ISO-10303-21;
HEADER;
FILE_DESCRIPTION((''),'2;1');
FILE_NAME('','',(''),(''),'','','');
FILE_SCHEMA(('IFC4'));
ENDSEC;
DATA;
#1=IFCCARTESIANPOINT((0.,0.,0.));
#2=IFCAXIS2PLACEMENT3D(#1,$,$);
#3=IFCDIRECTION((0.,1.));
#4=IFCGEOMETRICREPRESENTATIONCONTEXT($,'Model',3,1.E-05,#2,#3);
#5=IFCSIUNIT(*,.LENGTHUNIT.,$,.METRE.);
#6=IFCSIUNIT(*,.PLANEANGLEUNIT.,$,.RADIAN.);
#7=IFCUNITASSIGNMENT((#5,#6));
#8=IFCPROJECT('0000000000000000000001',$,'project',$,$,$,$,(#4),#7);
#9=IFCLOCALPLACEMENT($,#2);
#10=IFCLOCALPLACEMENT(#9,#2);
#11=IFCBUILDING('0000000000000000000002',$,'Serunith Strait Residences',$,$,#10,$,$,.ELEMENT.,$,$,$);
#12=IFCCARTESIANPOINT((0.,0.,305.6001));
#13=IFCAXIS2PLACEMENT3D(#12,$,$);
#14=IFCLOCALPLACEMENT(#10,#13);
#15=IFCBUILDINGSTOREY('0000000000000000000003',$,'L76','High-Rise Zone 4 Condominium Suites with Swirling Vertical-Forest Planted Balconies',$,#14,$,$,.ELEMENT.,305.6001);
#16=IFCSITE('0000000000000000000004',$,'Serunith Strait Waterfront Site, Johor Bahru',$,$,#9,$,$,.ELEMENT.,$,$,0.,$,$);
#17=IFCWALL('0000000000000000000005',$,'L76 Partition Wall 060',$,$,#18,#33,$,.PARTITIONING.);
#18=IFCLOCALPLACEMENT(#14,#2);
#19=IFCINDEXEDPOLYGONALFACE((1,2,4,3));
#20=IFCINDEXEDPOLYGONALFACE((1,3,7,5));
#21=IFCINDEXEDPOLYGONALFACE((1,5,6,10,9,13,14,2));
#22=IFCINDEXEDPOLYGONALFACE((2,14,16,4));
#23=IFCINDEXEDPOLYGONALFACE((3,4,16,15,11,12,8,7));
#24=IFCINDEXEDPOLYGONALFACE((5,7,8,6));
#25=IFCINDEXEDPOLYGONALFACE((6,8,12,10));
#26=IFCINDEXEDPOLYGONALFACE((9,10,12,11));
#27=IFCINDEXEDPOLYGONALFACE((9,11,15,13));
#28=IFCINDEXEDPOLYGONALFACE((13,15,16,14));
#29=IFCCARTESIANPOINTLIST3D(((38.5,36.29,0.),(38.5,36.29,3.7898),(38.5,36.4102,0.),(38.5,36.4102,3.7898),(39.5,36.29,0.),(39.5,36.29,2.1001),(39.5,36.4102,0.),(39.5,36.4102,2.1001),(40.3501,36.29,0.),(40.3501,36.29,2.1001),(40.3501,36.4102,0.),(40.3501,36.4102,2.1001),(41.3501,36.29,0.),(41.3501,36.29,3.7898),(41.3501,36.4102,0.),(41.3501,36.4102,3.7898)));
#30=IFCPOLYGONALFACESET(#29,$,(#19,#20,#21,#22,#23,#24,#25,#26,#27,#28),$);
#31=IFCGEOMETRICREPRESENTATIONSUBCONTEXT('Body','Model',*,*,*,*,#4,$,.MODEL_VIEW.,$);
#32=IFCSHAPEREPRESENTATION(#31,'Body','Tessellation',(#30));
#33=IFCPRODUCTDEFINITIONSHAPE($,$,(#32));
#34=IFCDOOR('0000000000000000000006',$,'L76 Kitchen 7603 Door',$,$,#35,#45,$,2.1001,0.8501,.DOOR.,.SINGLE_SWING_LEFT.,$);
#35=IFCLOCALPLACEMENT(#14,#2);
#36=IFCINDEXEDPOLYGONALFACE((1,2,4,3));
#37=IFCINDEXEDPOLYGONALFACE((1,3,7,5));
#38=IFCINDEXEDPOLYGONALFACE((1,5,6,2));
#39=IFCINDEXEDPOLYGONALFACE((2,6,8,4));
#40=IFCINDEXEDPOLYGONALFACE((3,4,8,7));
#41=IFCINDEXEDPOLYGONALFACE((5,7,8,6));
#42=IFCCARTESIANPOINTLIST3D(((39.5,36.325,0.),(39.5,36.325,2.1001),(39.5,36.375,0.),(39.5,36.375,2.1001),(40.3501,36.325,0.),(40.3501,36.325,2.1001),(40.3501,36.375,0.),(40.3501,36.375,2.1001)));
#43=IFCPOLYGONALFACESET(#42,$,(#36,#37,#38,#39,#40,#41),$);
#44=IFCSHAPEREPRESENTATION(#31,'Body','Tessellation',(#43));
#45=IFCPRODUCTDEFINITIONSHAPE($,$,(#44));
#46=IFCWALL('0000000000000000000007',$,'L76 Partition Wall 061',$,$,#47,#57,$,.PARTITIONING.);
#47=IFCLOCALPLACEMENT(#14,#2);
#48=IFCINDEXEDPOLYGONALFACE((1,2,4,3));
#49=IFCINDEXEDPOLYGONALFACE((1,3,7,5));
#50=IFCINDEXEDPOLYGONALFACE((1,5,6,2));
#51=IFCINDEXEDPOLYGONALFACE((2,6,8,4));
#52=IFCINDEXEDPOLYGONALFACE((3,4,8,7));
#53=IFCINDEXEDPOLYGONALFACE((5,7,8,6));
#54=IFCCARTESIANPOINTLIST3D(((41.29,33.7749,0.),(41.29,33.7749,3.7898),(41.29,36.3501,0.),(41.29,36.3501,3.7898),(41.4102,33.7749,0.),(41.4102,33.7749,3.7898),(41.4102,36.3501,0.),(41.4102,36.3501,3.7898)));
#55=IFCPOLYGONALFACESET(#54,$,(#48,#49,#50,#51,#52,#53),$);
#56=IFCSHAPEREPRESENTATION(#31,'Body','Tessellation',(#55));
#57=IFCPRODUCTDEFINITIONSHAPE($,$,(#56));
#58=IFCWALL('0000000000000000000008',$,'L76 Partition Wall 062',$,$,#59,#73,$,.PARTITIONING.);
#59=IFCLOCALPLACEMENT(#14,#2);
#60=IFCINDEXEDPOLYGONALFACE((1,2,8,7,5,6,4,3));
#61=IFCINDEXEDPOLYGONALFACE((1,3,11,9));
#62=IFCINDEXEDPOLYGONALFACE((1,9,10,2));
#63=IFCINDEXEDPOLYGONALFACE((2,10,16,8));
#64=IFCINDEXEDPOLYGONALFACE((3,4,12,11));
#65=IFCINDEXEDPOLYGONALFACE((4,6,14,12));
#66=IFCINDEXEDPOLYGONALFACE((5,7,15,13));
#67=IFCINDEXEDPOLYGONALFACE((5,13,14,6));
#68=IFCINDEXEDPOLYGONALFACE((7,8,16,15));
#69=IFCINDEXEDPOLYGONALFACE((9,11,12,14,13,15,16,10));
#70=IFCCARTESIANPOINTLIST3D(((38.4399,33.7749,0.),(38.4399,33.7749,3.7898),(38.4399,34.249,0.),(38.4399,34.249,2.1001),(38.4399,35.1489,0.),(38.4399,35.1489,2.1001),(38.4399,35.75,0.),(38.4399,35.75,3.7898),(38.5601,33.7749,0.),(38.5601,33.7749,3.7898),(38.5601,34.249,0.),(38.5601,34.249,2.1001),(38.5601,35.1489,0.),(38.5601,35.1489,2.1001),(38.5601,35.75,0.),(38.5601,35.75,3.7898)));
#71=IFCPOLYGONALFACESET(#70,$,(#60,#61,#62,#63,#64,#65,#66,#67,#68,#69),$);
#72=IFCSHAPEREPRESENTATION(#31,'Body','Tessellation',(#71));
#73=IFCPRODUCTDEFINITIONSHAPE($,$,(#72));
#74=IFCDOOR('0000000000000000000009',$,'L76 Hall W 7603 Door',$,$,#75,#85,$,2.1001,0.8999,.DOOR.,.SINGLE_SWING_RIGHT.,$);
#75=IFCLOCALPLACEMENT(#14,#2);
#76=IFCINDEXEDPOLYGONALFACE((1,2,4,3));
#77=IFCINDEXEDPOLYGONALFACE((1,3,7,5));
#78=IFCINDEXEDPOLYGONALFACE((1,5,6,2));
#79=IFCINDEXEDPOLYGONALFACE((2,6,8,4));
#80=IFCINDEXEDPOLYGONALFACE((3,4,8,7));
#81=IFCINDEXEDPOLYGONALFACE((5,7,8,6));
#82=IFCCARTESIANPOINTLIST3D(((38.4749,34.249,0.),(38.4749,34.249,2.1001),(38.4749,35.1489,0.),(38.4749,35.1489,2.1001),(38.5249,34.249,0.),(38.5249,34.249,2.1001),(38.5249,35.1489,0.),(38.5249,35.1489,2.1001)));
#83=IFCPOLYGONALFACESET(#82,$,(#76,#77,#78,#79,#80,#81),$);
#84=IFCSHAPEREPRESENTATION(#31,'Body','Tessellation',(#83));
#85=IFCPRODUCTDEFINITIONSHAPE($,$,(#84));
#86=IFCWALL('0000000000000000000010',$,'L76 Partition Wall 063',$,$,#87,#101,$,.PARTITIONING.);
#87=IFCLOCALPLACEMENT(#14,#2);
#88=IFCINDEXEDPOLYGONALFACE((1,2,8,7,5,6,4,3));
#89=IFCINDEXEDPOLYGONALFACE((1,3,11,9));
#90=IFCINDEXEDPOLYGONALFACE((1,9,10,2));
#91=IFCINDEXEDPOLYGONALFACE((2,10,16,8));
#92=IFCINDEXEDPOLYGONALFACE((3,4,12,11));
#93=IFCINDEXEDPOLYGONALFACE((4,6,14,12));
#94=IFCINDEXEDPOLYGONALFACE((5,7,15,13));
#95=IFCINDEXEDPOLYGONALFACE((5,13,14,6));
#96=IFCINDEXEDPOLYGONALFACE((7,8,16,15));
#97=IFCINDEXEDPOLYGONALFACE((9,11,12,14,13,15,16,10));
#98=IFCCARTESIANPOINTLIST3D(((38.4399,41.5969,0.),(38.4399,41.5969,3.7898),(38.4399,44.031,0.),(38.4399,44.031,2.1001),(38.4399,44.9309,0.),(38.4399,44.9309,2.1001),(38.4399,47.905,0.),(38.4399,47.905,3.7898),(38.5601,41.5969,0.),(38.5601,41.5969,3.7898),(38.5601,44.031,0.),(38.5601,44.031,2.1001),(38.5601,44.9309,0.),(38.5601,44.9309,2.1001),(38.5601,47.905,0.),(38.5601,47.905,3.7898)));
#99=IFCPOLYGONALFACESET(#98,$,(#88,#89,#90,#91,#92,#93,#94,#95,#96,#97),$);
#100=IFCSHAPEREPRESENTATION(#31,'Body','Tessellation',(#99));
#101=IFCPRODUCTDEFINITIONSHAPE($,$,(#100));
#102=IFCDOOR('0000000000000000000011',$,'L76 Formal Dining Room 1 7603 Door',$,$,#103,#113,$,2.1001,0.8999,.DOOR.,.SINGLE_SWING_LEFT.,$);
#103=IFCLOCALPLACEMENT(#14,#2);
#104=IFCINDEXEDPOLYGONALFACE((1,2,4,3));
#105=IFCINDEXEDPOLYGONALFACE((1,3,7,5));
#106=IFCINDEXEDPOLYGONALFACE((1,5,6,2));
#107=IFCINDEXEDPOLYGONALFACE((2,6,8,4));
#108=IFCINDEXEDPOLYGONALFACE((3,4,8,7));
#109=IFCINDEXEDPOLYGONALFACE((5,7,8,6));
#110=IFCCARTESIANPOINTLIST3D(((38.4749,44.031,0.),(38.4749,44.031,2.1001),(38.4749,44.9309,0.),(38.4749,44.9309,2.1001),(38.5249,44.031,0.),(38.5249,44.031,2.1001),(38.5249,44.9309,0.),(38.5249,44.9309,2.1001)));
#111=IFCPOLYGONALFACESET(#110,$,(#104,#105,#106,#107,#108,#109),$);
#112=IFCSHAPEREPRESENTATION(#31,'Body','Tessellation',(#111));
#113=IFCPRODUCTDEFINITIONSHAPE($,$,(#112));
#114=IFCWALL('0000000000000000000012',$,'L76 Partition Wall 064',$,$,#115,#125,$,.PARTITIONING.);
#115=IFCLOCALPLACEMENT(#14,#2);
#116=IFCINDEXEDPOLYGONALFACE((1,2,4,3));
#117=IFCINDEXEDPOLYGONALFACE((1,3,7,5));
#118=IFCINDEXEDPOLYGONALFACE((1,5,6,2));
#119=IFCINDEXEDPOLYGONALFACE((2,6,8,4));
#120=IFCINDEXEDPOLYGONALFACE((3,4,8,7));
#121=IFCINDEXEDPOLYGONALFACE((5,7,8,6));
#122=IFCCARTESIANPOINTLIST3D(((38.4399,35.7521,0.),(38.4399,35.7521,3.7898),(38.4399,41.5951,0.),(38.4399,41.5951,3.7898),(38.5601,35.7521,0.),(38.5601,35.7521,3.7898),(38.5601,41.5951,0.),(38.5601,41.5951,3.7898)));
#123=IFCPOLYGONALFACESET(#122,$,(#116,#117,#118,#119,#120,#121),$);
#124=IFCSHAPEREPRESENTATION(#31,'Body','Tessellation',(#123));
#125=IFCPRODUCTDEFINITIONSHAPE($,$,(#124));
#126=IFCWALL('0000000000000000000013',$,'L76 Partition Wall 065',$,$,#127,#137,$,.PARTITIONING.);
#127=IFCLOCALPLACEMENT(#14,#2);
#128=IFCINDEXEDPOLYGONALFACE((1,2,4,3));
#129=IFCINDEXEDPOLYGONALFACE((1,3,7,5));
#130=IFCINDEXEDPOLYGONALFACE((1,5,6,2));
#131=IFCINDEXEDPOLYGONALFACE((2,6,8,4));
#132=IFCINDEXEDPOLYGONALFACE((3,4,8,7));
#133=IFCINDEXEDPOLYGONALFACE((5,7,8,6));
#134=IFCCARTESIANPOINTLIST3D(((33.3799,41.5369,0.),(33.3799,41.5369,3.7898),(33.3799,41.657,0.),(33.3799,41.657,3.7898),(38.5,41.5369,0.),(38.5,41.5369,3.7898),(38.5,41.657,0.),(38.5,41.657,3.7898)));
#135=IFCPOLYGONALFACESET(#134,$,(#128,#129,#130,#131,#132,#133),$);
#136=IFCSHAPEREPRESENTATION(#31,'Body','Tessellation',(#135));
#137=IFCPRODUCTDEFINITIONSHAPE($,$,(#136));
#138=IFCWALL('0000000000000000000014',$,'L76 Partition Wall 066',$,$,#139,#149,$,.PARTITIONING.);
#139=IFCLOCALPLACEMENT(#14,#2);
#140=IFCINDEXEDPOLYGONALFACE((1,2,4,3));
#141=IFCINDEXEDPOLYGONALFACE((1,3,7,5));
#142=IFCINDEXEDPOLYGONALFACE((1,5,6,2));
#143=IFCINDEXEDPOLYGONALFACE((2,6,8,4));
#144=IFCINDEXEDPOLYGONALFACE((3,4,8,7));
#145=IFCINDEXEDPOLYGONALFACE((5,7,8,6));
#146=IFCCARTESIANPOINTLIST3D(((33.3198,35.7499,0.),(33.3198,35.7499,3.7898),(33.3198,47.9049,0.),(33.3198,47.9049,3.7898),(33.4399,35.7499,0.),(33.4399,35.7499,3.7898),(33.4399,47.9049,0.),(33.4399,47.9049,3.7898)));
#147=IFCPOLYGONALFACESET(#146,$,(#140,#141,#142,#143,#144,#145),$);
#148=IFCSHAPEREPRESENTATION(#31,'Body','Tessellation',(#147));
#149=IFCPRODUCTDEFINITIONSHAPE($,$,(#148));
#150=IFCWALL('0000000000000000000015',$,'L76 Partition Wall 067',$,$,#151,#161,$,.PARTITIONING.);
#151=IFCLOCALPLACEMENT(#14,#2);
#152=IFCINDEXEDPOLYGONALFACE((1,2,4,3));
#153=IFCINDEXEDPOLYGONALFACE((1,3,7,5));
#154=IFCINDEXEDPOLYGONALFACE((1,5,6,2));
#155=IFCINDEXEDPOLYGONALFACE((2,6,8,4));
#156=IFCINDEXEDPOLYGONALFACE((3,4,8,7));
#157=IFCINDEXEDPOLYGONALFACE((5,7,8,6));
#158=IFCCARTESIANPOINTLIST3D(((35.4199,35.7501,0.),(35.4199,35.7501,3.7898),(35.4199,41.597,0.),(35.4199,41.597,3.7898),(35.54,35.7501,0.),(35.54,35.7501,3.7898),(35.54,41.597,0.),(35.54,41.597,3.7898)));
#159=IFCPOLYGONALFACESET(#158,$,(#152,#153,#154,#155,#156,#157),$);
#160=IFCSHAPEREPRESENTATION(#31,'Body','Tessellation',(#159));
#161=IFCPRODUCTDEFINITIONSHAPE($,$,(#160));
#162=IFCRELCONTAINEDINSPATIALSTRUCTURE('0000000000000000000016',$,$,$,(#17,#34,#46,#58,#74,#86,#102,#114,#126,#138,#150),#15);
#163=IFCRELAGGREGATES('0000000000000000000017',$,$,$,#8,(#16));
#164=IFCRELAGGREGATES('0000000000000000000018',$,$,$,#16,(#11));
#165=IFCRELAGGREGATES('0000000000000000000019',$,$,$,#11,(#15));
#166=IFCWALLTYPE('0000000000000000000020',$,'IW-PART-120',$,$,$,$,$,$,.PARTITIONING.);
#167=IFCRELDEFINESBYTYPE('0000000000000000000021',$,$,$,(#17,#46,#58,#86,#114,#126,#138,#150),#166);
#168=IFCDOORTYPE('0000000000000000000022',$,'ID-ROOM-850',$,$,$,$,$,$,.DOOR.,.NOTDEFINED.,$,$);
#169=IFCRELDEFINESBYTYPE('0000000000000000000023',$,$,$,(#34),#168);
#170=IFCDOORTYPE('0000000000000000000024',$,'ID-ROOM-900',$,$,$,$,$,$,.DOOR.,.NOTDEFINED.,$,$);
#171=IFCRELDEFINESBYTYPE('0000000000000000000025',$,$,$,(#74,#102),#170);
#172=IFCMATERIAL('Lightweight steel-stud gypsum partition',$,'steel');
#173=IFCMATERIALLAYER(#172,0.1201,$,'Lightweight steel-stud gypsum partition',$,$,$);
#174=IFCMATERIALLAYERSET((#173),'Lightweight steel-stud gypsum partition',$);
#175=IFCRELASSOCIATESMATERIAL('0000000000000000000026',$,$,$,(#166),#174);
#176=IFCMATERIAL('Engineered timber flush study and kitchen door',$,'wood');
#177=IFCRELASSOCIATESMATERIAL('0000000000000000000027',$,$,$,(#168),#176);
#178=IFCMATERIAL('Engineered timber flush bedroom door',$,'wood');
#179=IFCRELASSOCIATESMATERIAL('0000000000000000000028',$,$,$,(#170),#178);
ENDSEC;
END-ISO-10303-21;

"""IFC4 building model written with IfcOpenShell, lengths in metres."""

from ifc_helpers import new_model, si_unit, direction, frame, frame_2d, origin, place, context, subcontext, project, spatial, rectangle, extrude, source, transform, mapped, material, layer, layer_set, type_object, element, fill, save


model = new_model("IFC4")

# Units and contexts
model_context = context("Model", 3, precision=1e-05, world=origin(), true_north=direction((0.0, 1.0)))
body_context = subcontext(model_context, "Body", "Model", "MODEL_VIEW")
ifc_project = project(units=[si_unit("LENGTHUNIT", "METRE"), si_unit("PLANEANGLEUNIT", "RADIAN")], contexts=[model_context])

# Site, building, storey
site_placement = place(None, origin())
site = spatial("IfcSite", under=ifc_project, at=site_placement, Name="Serunith Strait Waterfront Site, Johor Bahru", CompositionType="ELEMENT", RefElevation=0.0)
building_placement = place(site_placement, origin())
building = spatial("IfcBuilding", under=site, at=building_placement, Name="Serunith Strait Residences", CompositionType="ELEMENT")
storey_placement = place(building_placement, frame((0.0, 0.0, 305.6001)))
storey = spatial("IfcBuildingStorey", under=building, at=storey_placement, Name="L76", Description="High-Rise Zone 4 Condominium Suites with Swirling Vertical-Forest Planted Balconies", CompositionType="ELEMENT", Elevation=305.6001)

# Wall, opening, door
ifc_material_1 = material(Name="Lightweight steel-stud gypsum partition", Category="steel")
ifc_layer_1 = layer(ifc_material_1, 0.1201, Name="Lightweight steel-stud gypsum partition")
ifc_layer_set_1 = layer_set([ifc_layer_1], Name="Lightweight steel-stud gypsum partition")
wall_type = type_object("IfcWallType", Name="IW-PART-120", PredefinedType="PARTITIONING", material=ifc_layer_set_1)
wall_1_placement = place(storey_placement, frame((38.5, 36.3501, 0.0), z_axis=(0.0, 0.0, 1.0), x_axis=(1.0, 0.0, 0.0)))
wall_1 = element("IfcWall", 1, at=wall_1_placement, inside=storey, type_object=wall_type, Name="L76 Partition Wall 060", PredefinedType="PARTITIONING", context=body_context, shape_type="SweptSolid", body=[
    extrude(rectangle(XDim=2.8501, YDim=0.1201, at=frame_2d((1.425, 0.0))), origin(), (0.0, 0.0, 1.0), 3.7898),
])
opening_1_placement = place(wall_1_placement, frame((1.0, 0.0, 0.0)))
opening_1 = element("IfcOpeningElement", 2, at=opening_1_placement, cuts=wall_1, PredefinedType="OPENING", context=body_context, shape_type="SweptSolid", body=[
    extrude(rectangle(XDim=0.8501, YDim=2.1001, at=frame_2d((0.425, 1.05))), frame((0.0, 0.0701, 0.0), z_axis=(0.0, -1.0, 0.0), x_axis=(1.0, 0.0, 0.0)), (0.0, 0.0, 1.0), 0.1401),
])
ifc_material_2 = material(Name="Engineered timber flush study and kitchen door", Category="wood")
door_type_1 = type_object("IfcDoorType", Name="ID-ROOM-850", OperationType="NOTDEFINED", PredefinedType="DOOR", material=ifc_material_2)
shared_shape_1 = source(origin(), body_context, "Body", "SweptSolid", [
    extrude(rectangle(XDim=0.8501, YDim=2.1001, at=frame_2d((0.425, 1.05))), frame((0.0, 0.0249, 0.0), z_axis=(0.0, -1.0, 0.0), x_axis=(1.0, 0.0, 0.0)), (0.0, 0.0, 1.0), 0.05),
])
door_1_placement = place(opening_1_placement, origin())
door_1 = element("IfcDoor", 3, at=door_1_placement, inside=storey, type_object=door_type_1, Name="L76 Kitchen 7603 Door", OperationType="SINGLE_SWING_LEFT", OverallHeight=2.1001, OverallWidth=0.8501, PredefinedType="DOOR", context=body_context, shape_type="MappedRepresentation", body=[
    mapped(shared_shape_1, transform((0.0, 0.0, 0.0), scale=1.0)),
])
fill(opening_1, door_1)

# Wall
wall_2_placement = place(storey_placement, frame((41.3501, 36.3501, 0.0), z_axis=(0.0, 0.0, 1.0), x_axis=(0.0, -1.0, 0.0)))
element("IfcWall", 4, at=wall_2_placement, inside=storey, type_object=wall_type, Name="L76 Partition Wall 061", PredefinedType="PARTITIONING", context=body_context, shape_type="SweptSolid", body=[
    extrude(rectangle(XDim=2.5752, YDim=0.1201, at=frame_2d((1.2876, 0.0))), origin(), (0.0, 0.0, 1.0), 3.7898),
])

# Walls, openings, doors
wall_3_placement = place(storey_placement, frame((38.5, 35.75, 0.0), z_axis=(0.0, 0.0, 1.0), x_axis=(0.0, -1.0, 0.0)))
wall_3 = element("IfcWall", 5, at=wall_3_placement, inside=storey, type_object=wall_type, Name="L76 Partition Wall 062", PredefinedType="PARTITIONING", context=body_context, shape_type="SweptSolid", body=[
    extrude(rectangle(XDim=1.9751, YDim=0.1201, at=frame_2d((0.9875, 0.0))), origin(), (0.0, 0.0, 1.0), 3.7898),
])
opening_2_placement = place(wall_3_placement, frame((0.6011, 0.0, 0.0)))
opening_2 = element("IfcOpeningElement", 6, at=opening_2_placement, cuts=wall_3, PredefinedType="OPENING", context=body_context, shape_type="SweptSolid", body=[
    extrude(rectangle(XDim=0.8999, YDim=2.1001, at=frame_2d((0.45, 1.05))), frame((0.0, 0.0701, 0.0), z_axis=(0.0, -1.0, 0.0), x_axis=(1.0, 0.0, 0.0)), (0.0, 0.0, 1.0), 0.1401),
])
ifc_material_3 = material(Name="Engineered timber flush bedroom door", Category="wood")
door_type_2 = type_object("IfcDoorType", Name="ID-ROOM-900", OperationType="NOTDEFINED", PredefinedType="DOOR", material=ifc_material_3)
shared_shape_2 = source(origin(), body_context, "Body", "SweptSolid", [
    extrude(rectangle(XDim=0.8999, YDim=2.1001, at=frame_2d((0.45, 1.05))), frame((0.0, 0.0249, 0.0), z_axis=(0.0, -1.0, 0.0), x_axis=(1.0, 0.0, 0.0)), (0.0, 0.0, 1.0), 0.05),
])
door_2_placement = place(opening_2_placement, origin())
door_2 = element("IfcDoor", 7, at=door_2_placement, inside=storey, type_object=door_type_2, Name="L76 Hall W 7603 Door", OperationType="SINGLE_SWING_RIGHT", OverallHeight=2.1001, OverallWidth=0.8999, PredefinedType="DOOR", context=body_context, shape_type="MappedRepresentation", body=[
    mapped(shared_shape_2, transform((0.0, 0.0, 0.0), scale=1.0)),
])
fill(opening_2, door_2)
wall_4_placement = place(storey_placement, frame((38.5, 47.905, 0.0), z_axis=(0.0, 0.0, 1.0), x_axis=(0.0, -1.0, 0.0)))
wall_4 = element("IfcWall", 8, at=wall_4_placement, inside=storey, type_object=wall_type, Name="L76 Partition Wall 063", PredefinedType="PARTITIONING", context=body_context, shape_type="SweptSolid", body=[
    extrude(rectangle(XDim=6.3081, YDim=0.1201, at=frame_2d((3.1541, 0.0))), origin(), (0.0, 0.0, 1.0), 3.7898),
])
opening_3_placement = place(wall_4_placement, frame((2.9741, 0.0, 0.0)))
opening_3 = element("IfcOpeningElement", 9, at=opening_3_placement, cuts=wall_4, PredefinedType="OPENING", context=body_context, shape_type="SweptSolid", body=[
    extrude(rectangle(XDim=0.8999, YDim=2.1001, at=frame_2d((0.45, 1.05))), frame((0.0, 0.0701, 0.0), z_axis=(0.0, -1.0, 0.0), x_axis=(1.0, 0.0, 0.0)), (0.0, 0.0, 1.0), 0.1401),
])
door_3_placement = place(opening_3_placement, origin())
door_3 = element("IfcDoor", 10, at=door_3_placement, inside=storey, type_object=door_type_2, Name="L76 Formal Dining Room 1 7603 Door", OperationType="SINGLE_SWING_LEFT", OverallHeight=2.1001, OverallWidth=0.8999, PredefinedType="DOOR", context=body_context, shape_type="MappedRepresentation", body=[
    mapped(shared_shape_2, transform((0.0, 0.0, 0.0), scale=1.0)),
])
fill(opening_3, door_3)

# Walls
wall_5_placement = place(storey_placement, frame((38.5, 41.595, 0.0), z_axis=(0.0, 0.0, 1.0), x_axis=(0.0, -1.0, 0.0)))
element("IfcWall", 11, at=wall_5_placement, inside=storey, type_object=wall_type, Name="L76 Partition Wall 064", PredefinedType="PARTITIONING", context=body_context, shape_type="SweptSolid", body=[
    extrude(rectangle(XDim=5.843, YDim=0.1201, at=frame_2d((2.9214, 0.0))), origin(), (0.0, 0.0, 1.0), 3.7898),
])
wall_6_placement = place(storey_placement, frame((33.3799, 41.5969, 0.0), z_axis=(0.0, 0.0, 1.0), x_axis=(1.0, 0.0, 0.0)))
element("IfcWall", 12, at=wall_6_placement, inside=storey, type_object=wall_type, Name="L76 Partition Wall 065", PredefinedType="PARTITIONING", context=body_context, shape_type="SweptSolid", body=[
    extrude(rectangle(XDim=5.1201, YDim=0.1201, at=frame_2d((2.5601, 0.0))), origin(), (0.0, 0.0, 1.0), 3.7898),
])
wall_7_placement = place(storey_placement, frame((33.3799, 47.905, 0.0), z_axis=(0.0, 0.0, 1.0), x_axis=(0.0, -1.0, 0.0)))
element("IfcWall", 13, at=wall_7_placement, inside=storey, type_object=wall_type, Name="L76 Partition Wall 066", PredefinedType="PARTITIONING", context=body_context, shape_type="SweptSolid", body=[
    extrude(rectangle(XDim=12.155, YDim=0.1201, at=frame_2d((6.0776, 0.0))), origin(), (0.0, 0.0, 1.0), 3.7898),
])
wall_8_placement = place(storey_placement, frame((35.48, 41.5969, 0.0), z_axis=(0.0, 0.0, 1.0), x_axis=(0.0, -1.0, 0.0)))
element("IfcWall", 14, at=wall_8_placement, inside=storey, type_object=wall_type, Name="L76 Partition Wall 067", PredefinedType="PARTITIONING", context=body_context, shape_type="SweptSolid", body=[
    extrude(rectangle(XDim=5.8469, YDim=0.1201, at=frame_2d((2.9233, 0.0))), origin(), (0.0, 0.0, 1.0), 3.7898),
])

save(model, "model.ifc")
